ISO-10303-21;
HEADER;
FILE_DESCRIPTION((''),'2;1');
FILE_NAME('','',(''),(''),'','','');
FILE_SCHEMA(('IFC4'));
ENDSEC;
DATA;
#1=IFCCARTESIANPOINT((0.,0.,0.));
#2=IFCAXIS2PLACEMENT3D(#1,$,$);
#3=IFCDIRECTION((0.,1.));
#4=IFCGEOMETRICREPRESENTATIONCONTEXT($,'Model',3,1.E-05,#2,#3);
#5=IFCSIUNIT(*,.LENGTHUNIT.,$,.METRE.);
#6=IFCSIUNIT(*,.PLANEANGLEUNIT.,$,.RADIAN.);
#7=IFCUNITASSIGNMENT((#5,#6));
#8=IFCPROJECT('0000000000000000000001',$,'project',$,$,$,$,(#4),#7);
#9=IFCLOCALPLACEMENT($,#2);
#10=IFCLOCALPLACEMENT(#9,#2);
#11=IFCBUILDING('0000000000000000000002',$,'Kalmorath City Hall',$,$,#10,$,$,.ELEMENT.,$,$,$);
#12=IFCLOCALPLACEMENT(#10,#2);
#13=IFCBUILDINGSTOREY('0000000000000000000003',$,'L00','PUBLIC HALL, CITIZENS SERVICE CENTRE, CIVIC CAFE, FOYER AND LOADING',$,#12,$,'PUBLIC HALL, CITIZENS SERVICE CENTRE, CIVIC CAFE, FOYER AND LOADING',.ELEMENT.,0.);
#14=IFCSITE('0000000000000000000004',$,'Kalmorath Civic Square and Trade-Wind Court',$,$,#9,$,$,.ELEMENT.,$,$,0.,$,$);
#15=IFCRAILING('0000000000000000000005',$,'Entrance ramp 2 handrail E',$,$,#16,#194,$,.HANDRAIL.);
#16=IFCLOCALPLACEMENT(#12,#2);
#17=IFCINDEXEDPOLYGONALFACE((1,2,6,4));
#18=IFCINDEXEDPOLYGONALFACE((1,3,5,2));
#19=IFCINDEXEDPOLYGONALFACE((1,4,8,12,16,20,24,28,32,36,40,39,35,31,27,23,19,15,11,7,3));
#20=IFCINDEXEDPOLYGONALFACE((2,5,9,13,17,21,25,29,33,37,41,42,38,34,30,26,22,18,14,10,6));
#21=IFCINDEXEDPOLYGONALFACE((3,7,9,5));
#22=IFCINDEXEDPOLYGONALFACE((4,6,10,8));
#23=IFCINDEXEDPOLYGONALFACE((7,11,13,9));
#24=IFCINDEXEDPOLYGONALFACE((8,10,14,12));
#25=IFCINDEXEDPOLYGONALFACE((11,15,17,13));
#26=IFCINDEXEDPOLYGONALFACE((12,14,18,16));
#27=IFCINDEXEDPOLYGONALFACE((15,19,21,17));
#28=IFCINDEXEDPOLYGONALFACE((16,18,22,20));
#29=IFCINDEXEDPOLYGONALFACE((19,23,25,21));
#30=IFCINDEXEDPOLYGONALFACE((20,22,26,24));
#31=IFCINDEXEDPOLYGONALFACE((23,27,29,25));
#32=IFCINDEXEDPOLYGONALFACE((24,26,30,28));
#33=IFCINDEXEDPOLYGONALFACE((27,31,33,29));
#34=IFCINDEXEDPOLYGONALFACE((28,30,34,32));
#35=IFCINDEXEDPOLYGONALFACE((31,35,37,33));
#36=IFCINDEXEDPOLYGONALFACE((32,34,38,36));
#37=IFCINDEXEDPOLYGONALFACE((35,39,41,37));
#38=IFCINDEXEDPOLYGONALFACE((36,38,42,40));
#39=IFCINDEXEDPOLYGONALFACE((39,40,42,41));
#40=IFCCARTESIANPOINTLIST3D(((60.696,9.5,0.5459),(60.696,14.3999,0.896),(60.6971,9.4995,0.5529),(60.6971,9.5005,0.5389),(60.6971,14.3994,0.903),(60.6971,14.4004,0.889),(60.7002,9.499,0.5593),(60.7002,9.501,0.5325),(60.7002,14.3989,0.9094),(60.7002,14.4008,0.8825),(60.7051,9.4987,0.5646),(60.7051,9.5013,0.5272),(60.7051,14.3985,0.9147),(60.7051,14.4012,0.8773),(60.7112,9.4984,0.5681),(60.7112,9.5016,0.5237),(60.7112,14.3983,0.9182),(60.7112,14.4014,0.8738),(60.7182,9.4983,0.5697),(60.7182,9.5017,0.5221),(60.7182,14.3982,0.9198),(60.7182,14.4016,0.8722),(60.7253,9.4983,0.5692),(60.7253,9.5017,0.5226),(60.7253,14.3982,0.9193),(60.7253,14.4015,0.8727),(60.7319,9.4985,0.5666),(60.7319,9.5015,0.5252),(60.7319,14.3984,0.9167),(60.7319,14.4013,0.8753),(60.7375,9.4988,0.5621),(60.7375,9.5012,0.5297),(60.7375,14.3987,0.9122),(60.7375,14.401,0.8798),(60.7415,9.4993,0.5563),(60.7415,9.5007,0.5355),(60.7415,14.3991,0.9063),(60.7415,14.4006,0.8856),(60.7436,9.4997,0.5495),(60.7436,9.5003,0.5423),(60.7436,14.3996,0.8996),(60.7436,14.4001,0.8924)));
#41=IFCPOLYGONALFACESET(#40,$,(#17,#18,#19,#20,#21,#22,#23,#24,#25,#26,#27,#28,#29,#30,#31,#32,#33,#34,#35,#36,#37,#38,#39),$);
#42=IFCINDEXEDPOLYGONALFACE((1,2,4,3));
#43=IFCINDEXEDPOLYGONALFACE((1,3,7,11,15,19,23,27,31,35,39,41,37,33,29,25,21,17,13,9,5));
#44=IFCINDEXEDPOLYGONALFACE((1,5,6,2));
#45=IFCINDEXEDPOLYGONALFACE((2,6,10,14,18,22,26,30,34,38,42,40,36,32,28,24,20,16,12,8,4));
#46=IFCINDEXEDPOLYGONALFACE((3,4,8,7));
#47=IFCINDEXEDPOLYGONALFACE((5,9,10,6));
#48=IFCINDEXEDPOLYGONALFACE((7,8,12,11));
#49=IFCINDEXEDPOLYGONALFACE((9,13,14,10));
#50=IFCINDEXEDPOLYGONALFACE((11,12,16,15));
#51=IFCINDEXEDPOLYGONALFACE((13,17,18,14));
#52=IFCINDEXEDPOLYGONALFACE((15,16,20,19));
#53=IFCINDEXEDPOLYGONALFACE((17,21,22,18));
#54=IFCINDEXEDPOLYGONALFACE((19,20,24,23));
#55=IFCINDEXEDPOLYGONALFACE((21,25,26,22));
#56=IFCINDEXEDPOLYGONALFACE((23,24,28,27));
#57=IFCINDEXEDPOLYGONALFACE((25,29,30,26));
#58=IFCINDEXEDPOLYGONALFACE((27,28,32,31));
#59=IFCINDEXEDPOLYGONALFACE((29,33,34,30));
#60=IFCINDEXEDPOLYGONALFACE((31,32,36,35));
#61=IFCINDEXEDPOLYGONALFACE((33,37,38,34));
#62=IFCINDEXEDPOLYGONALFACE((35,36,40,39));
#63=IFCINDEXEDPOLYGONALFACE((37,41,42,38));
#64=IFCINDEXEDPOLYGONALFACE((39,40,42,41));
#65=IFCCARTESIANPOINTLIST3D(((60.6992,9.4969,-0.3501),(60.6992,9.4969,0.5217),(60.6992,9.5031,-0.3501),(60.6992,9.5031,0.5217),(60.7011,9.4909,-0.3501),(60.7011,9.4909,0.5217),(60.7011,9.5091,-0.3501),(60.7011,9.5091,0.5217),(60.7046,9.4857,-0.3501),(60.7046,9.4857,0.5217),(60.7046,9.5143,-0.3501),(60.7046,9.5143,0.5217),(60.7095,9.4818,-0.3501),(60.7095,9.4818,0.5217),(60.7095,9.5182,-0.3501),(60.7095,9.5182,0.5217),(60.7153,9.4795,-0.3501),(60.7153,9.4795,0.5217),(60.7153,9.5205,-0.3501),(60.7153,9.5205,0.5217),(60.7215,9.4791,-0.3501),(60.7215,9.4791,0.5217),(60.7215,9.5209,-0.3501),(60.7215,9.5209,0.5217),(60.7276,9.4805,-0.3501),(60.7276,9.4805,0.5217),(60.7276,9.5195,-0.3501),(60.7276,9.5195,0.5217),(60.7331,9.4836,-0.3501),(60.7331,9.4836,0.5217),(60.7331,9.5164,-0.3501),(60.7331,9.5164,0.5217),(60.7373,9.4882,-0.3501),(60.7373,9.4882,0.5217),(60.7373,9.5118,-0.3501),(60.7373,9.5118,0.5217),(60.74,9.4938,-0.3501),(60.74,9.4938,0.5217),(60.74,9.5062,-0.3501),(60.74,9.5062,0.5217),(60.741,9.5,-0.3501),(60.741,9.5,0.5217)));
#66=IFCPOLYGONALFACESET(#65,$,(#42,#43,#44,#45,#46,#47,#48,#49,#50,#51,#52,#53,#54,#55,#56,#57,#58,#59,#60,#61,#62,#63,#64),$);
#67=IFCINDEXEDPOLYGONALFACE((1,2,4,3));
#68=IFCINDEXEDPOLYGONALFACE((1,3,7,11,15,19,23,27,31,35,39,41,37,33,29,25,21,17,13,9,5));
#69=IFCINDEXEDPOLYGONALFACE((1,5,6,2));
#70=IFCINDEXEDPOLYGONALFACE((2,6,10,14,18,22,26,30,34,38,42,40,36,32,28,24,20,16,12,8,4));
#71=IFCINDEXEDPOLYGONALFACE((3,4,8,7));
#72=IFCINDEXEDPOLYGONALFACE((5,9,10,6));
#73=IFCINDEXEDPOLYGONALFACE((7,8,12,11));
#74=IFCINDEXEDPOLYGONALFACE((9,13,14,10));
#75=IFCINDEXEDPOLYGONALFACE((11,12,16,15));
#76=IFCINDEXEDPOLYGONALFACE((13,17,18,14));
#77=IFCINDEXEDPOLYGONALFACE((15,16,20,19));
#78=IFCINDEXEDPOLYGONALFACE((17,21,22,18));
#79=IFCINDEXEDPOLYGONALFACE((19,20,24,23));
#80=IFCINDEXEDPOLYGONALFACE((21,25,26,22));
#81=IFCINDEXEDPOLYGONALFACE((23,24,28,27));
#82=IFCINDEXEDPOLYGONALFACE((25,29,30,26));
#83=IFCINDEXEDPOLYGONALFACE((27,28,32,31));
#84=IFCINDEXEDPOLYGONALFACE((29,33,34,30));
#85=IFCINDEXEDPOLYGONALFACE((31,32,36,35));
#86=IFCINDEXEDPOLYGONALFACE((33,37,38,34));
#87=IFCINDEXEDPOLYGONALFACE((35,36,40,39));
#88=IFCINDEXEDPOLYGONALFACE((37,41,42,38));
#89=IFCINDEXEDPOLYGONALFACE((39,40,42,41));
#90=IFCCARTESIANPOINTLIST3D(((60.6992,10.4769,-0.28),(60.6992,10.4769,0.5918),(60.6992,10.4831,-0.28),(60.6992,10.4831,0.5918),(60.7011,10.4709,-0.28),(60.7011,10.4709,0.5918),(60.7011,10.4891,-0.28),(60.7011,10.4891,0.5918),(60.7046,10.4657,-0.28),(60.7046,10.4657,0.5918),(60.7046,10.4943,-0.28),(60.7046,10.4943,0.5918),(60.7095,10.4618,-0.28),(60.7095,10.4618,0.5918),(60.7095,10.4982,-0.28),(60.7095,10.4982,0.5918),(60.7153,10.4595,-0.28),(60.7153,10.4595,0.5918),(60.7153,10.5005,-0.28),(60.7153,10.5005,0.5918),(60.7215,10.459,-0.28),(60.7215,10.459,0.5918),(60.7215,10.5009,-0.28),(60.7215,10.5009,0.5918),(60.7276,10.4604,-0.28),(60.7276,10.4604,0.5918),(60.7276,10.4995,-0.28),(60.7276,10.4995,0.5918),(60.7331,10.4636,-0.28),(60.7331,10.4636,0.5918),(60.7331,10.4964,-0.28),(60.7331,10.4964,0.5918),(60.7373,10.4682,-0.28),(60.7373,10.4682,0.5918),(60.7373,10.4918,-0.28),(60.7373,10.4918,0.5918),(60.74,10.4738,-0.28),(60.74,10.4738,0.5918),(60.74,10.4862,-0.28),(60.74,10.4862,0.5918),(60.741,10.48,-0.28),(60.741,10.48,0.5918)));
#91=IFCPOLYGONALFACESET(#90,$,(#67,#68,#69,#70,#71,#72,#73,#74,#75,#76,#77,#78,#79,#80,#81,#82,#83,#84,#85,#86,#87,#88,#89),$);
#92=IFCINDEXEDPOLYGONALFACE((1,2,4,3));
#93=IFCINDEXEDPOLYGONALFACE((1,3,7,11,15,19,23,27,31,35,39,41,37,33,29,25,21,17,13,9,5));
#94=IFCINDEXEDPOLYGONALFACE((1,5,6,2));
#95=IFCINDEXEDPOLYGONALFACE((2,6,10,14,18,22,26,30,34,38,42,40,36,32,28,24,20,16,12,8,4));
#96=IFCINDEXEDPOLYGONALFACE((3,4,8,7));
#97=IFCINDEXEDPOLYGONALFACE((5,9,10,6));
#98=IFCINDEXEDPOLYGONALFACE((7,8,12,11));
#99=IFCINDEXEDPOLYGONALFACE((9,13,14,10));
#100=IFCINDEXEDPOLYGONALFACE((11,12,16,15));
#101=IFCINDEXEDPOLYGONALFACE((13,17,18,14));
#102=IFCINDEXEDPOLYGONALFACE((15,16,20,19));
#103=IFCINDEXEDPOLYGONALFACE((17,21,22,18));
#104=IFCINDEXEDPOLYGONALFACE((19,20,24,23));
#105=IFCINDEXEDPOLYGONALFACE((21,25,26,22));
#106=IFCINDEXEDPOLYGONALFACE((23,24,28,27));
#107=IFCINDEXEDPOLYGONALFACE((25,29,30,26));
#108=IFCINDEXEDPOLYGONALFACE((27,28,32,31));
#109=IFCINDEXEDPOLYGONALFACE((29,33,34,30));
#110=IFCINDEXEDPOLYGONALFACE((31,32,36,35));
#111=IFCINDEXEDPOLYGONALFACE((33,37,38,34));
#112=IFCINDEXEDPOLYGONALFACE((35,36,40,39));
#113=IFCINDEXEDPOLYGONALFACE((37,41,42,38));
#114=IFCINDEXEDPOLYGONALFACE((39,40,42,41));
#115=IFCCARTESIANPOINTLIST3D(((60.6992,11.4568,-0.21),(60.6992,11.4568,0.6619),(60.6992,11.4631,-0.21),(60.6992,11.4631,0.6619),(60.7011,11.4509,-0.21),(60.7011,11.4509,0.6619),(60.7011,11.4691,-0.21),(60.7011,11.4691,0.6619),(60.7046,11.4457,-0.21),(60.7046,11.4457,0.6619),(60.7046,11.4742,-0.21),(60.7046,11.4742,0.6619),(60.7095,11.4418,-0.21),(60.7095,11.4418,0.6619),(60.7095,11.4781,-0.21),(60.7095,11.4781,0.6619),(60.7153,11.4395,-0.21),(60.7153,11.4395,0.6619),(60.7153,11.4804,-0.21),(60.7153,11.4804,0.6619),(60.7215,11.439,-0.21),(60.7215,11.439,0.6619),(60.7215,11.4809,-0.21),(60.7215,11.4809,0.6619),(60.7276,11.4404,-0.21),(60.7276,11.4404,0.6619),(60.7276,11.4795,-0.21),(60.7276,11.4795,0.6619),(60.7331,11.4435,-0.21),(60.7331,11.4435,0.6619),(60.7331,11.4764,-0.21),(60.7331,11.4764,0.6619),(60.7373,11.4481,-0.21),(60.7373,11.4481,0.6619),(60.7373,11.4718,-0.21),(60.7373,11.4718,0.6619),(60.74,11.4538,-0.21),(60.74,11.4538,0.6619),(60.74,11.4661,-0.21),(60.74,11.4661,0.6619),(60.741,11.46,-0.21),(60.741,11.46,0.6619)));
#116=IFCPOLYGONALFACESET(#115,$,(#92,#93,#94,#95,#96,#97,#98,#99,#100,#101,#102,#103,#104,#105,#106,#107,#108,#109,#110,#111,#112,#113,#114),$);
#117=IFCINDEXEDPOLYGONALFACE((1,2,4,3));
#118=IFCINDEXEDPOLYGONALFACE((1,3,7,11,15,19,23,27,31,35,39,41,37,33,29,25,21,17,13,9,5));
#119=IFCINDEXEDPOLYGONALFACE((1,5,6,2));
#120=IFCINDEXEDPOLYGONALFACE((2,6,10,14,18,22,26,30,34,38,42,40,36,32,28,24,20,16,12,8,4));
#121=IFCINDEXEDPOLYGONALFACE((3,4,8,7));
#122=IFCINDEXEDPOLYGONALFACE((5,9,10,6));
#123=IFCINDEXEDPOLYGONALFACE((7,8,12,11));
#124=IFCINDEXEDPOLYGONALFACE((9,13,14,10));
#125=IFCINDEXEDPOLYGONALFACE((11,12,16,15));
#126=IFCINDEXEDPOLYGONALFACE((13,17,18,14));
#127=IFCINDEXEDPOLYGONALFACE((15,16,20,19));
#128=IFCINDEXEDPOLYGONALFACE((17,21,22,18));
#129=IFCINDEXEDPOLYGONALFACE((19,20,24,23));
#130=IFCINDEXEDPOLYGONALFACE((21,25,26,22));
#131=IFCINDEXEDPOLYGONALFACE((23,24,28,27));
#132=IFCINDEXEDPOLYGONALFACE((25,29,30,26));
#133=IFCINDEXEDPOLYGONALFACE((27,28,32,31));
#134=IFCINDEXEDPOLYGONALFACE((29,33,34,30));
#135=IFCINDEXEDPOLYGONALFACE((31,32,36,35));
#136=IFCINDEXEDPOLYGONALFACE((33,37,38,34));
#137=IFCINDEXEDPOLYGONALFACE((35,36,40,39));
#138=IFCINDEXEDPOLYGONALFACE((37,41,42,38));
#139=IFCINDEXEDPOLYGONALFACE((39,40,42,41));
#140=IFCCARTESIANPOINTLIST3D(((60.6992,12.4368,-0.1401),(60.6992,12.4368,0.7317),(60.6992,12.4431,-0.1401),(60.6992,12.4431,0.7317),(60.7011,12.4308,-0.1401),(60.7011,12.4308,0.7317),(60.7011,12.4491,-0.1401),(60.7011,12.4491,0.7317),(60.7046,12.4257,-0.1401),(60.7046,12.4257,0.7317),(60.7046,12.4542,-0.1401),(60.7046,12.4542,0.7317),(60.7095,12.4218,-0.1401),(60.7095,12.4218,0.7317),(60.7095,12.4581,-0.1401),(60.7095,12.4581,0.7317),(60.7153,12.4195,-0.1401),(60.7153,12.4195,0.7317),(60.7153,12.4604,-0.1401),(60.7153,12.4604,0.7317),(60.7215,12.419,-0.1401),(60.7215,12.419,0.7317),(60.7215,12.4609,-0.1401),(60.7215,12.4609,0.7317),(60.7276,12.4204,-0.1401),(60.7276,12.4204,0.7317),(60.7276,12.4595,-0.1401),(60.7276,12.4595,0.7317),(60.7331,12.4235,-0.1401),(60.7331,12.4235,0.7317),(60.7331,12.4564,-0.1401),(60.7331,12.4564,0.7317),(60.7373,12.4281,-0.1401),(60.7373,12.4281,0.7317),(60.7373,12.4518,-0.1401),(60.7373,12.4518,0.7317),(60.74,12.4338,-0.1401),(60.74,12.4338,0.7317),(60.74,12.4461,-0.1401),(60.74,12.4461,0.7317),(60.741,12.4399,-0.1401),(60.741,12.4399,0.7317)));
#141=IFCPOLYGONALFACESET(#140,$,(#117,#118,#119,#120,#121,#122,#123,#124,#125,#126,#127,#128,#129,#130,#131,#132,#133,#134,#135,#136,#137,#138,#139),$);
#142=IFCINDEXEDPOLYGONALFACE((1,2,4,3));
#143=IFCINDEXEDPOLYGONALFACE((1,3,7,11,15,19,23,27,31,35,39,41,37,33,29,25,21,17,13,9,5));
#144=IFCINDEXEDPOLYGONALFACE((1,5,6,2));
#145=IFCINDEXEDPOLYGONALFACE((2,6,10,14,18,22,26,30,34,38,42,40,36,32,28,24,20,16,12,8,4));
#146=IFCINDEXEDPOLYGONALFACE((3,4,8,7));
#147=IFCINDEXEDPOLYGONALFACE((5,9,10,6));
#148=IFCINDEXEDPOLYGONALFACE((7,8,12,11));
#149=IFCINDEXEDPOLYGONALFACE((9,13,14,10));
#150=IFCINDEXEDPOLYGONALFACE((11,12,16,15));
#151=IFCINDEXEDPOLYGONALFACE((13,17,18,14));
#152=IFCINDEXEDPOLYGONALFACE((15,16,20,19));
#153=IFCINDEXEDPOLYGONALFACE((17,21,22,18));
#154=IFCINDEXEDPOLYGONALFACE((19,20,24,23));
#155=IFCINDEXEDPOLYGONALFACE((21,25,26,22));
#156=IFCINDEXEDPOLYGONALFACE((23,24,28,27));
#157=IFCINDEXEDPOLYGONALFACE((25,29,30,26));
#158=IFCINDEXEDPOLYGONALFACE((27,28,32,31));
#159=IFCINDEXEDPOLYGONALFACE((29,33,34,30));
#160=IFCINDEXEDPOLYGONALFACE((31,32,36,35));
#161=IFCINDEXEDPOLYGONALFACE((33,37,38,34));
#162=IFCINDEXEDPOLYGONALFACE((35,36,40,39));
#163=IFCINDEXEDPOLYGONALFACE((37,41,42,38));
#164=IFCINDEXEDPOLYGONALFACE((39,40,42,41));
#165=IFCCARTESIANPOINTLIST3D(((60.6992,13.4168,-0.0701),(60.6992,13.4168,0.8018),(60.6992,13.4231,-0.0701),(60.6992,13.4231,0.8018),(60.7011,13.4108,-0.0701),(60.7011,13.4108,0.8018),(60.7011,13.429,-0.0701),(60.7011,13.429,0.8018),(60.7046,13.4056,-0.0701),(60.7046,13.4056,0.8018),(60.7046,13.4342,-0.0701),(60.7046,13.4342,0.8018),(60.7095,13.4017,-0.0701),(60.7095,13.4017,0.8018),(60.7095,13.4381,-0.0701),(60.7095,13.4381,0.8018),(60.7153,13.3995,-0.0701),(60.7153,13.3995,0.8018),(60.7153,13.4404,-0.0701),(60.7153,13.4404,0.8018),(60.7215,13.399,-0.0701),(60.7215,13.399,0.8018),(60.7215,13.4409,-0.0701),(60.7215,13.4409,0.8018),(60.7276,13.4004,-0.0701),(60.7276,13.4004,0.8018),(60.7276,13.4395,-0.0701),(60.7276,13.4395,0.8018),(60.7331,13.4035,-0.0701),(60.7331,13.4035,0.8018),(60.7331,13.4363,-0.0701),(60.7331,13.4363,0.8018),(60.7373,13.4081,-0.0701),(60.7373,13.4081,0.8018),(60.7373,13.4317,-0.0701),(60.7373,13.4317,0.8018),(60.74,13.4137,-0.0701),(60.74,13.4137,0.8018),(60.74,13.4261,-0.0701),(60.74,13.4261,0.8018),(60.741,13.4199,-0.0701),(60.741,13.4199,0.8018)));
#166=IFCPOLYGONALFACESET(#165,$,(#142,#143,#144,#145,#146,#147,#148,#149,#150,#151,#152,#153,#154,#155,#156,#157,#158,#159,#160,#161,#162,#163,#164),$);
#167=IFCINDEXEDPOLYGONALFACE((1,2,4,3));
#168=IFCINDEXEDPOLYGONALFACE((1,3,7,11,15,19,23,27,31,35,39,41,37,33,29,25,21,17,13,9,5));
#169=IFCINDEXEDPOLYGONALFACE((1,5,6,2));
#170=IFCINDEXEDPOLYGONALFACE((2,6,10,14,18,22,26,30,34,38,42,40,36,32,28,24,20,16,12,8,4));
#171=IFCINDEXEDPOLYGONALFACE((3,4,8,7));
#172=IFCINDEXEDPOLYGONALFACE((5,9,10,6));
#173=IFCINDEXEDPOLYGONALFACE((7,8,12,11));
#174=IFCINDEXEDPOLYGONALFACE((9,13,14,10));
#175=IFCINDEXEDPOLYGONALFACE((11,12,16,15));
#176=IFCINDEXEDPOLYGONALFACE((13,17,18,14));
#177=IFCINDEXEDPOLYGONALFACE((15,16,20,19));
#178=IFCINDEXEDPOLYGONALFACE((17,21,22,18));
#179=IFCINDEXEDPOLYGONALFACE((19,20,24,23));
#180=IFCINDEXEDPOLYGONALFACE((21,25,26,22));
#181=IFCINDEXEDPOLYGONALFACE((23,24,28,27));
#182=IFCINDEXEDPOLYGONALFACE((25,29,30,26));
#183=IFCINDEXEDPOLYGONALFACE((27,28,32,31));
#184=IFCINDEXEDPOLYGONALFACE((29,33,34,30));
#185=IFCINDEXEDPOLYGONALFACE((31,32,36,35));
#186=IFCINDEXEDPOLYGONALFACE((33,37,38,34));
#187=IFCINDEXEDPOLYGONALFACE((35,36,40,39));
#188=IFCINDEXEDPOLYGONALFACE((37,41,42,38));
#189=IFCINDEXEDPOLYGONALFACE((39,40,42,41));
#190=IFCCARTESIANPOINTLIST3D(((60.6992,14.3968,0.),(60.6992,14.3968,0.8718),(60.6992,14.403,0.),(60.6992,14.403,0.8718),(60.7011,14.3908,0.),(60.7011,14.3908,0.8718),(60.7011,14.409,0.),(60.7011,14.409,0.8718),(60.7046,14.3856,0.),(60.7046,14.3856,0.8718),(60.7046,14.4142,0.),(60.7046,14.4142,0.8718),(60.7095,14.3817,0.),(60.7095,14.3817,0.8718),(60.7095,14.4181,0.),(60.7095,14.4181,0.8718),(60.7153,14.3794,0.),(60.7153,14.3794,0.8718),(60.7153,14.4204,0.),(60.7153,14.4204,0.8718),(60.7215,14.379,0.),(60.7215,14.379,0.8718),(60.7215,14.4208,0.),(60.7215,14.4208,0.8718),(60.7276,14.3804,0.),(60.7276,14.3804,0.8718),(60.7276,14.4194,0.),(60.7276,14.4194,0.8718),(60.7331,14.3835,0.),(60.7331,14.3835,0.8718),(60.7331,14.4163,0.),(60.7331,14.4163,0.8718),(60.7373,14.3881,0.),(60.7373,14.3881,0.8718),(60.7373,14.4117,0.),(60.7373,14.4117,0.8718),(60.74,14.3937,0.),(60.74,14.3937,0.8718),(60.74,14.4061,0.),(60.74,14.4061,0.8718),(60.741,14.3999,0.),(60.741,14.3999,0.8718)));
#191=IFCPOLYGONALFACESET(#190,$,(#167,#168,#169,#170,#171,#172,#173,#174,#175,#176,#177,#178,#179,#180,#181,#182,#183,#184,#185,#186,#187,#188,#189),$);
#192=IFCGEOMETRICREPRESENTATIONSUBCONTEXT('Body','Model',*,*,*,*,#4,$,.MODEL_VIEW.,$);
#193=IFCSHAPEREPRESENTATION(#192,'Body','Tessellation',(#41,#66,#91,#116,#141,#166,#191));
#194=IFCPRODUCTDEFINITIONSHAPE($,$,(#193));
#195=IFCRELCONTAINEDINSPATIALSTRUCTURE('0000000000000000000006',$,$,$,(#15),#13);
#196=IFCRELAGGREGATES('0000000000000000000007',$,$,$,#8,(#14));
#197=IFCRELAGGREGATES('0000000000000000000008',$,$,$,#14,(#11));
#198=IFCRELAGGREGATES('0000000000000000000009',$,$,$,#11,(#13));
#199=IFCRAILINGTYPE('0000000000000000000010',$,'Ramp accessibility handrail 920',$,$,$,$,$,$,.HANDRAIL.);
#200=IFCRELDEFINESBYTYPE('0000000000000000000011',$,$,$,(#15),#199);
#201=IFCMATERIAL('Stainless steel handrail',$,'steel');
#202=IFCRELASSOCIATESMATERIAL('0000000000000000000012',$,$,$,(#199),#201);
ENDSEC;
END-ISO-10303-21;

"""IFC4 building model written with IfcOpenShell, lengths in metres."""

from ifc_helpers import new_model, si_unit, direction, frame, origin, origin_2d, place, context, subcontext, project, spatial, circle, extrude, material, type_object, element, save


model = new_model("IFC4")

# Units and contexts
model_context = context("Model", 3, precision=1e-05, world=origin(), true_north=direction((0.0, 1.0)))
body_context = subcontext(model_context, "Body", "Model", "MODEL_VIEW")
ifc_project = project(units=[si_unit("LENGTHUNIT", "METRE"), si_unit("PLANEANGLEUNIT", "RADIAN")], contexts=[model_context])

# Site, building, storey
site_placement = place(None, origin())
site = spatial("IfcSite", under=ifc_project, at=site_placement, Name="Kalmorath Civic Square and Trade-Wind Court", CompositionType="ELEMENT", RefElevation=0.0)
building_placement = place(site_placement, origin())
building = spatial("IfcBuilding", under=site, at=building_placement, Name="Kalmorath City Hall", CompositionType="ELEMENT")
storey_placement = place(building_placement, origin())
storey = spatial("IfcBuildingStorey", under=building, at=storey_placement, Name="L00", Description="PUBLIC HALL, CITIZENS SERVICE CENTRE, CIVIC CAFE, FOYER AND LOADING", LongName="PUBLIC HALL, CITIZENS SERVICE CENTRE, CIVIC CAFE, FOYER AND LOADING", CompositionType="ELEMENT", Elevation=0.0)

# Railing
ifc_material_1 = material(Name="Stainless steel handrail", Category="steel")
railing_type = type_object("IfcRailingType", Name="Ramp accessibility handrail 920", PredefinedType="HANDRAIL", material=ifc_material_1)
for number, where, name in (
    (1, (60.72, 9.5, -0.3501), "Entrance ramp 2 handrail E"),
):
    element("IfcRailing", number, at=place(storey_placement, frame(where)), inside=storey, type_object=railing_type, Name=name, PredefinedType="HANDRAIL", context=body_context, shape_type="SweptSolid", body=[
        extrude(circle(Radius=0.0239, at=origin_2d()), frame((0.0, 0.0, 0.896), z_axis=(0.0, 0.997457, 0.071268), x_axis=(-1.0, 0.0, 0.0)), (0.0, 0.0, 1.0), 4.9124),
        extrude(circle(Radius=0.021, at=origin_2d()), origin(), (0.0, 0.0, 1.0), 0.8718),
        extrude(circle(Radius=0.021, at=origin_2d()), frame((0.0, 0.98, 0.0701)), (0.0, 0.0, 1.0), 0.8718),
        extrude(circle(Radius=0.021, at=origin_2d()), frame((0.0, 1.96, 0.1401)), (0.0, 0.0, 1.0), 0.8718),
        extrude(circle(Radius=0.021, at=origin_2d()), frame((0.0, 2.9399, 0.21)), (0.0, 0.0, 1.0), 0.8718),
        extrude(circle(Radius=0.021, at=origin_2d()), frame((0.0, 3.9199, 0.28)), (0.0, 0.0, 1.0), 0.8718),
        extrude(circle(Radius=0.021, at=origin_2d()), frame((0.0, 4.8999, 0.3501)), (0.0, 0.0, 1.0), 0.8718),
    ])

save(model, "model.ifc")
